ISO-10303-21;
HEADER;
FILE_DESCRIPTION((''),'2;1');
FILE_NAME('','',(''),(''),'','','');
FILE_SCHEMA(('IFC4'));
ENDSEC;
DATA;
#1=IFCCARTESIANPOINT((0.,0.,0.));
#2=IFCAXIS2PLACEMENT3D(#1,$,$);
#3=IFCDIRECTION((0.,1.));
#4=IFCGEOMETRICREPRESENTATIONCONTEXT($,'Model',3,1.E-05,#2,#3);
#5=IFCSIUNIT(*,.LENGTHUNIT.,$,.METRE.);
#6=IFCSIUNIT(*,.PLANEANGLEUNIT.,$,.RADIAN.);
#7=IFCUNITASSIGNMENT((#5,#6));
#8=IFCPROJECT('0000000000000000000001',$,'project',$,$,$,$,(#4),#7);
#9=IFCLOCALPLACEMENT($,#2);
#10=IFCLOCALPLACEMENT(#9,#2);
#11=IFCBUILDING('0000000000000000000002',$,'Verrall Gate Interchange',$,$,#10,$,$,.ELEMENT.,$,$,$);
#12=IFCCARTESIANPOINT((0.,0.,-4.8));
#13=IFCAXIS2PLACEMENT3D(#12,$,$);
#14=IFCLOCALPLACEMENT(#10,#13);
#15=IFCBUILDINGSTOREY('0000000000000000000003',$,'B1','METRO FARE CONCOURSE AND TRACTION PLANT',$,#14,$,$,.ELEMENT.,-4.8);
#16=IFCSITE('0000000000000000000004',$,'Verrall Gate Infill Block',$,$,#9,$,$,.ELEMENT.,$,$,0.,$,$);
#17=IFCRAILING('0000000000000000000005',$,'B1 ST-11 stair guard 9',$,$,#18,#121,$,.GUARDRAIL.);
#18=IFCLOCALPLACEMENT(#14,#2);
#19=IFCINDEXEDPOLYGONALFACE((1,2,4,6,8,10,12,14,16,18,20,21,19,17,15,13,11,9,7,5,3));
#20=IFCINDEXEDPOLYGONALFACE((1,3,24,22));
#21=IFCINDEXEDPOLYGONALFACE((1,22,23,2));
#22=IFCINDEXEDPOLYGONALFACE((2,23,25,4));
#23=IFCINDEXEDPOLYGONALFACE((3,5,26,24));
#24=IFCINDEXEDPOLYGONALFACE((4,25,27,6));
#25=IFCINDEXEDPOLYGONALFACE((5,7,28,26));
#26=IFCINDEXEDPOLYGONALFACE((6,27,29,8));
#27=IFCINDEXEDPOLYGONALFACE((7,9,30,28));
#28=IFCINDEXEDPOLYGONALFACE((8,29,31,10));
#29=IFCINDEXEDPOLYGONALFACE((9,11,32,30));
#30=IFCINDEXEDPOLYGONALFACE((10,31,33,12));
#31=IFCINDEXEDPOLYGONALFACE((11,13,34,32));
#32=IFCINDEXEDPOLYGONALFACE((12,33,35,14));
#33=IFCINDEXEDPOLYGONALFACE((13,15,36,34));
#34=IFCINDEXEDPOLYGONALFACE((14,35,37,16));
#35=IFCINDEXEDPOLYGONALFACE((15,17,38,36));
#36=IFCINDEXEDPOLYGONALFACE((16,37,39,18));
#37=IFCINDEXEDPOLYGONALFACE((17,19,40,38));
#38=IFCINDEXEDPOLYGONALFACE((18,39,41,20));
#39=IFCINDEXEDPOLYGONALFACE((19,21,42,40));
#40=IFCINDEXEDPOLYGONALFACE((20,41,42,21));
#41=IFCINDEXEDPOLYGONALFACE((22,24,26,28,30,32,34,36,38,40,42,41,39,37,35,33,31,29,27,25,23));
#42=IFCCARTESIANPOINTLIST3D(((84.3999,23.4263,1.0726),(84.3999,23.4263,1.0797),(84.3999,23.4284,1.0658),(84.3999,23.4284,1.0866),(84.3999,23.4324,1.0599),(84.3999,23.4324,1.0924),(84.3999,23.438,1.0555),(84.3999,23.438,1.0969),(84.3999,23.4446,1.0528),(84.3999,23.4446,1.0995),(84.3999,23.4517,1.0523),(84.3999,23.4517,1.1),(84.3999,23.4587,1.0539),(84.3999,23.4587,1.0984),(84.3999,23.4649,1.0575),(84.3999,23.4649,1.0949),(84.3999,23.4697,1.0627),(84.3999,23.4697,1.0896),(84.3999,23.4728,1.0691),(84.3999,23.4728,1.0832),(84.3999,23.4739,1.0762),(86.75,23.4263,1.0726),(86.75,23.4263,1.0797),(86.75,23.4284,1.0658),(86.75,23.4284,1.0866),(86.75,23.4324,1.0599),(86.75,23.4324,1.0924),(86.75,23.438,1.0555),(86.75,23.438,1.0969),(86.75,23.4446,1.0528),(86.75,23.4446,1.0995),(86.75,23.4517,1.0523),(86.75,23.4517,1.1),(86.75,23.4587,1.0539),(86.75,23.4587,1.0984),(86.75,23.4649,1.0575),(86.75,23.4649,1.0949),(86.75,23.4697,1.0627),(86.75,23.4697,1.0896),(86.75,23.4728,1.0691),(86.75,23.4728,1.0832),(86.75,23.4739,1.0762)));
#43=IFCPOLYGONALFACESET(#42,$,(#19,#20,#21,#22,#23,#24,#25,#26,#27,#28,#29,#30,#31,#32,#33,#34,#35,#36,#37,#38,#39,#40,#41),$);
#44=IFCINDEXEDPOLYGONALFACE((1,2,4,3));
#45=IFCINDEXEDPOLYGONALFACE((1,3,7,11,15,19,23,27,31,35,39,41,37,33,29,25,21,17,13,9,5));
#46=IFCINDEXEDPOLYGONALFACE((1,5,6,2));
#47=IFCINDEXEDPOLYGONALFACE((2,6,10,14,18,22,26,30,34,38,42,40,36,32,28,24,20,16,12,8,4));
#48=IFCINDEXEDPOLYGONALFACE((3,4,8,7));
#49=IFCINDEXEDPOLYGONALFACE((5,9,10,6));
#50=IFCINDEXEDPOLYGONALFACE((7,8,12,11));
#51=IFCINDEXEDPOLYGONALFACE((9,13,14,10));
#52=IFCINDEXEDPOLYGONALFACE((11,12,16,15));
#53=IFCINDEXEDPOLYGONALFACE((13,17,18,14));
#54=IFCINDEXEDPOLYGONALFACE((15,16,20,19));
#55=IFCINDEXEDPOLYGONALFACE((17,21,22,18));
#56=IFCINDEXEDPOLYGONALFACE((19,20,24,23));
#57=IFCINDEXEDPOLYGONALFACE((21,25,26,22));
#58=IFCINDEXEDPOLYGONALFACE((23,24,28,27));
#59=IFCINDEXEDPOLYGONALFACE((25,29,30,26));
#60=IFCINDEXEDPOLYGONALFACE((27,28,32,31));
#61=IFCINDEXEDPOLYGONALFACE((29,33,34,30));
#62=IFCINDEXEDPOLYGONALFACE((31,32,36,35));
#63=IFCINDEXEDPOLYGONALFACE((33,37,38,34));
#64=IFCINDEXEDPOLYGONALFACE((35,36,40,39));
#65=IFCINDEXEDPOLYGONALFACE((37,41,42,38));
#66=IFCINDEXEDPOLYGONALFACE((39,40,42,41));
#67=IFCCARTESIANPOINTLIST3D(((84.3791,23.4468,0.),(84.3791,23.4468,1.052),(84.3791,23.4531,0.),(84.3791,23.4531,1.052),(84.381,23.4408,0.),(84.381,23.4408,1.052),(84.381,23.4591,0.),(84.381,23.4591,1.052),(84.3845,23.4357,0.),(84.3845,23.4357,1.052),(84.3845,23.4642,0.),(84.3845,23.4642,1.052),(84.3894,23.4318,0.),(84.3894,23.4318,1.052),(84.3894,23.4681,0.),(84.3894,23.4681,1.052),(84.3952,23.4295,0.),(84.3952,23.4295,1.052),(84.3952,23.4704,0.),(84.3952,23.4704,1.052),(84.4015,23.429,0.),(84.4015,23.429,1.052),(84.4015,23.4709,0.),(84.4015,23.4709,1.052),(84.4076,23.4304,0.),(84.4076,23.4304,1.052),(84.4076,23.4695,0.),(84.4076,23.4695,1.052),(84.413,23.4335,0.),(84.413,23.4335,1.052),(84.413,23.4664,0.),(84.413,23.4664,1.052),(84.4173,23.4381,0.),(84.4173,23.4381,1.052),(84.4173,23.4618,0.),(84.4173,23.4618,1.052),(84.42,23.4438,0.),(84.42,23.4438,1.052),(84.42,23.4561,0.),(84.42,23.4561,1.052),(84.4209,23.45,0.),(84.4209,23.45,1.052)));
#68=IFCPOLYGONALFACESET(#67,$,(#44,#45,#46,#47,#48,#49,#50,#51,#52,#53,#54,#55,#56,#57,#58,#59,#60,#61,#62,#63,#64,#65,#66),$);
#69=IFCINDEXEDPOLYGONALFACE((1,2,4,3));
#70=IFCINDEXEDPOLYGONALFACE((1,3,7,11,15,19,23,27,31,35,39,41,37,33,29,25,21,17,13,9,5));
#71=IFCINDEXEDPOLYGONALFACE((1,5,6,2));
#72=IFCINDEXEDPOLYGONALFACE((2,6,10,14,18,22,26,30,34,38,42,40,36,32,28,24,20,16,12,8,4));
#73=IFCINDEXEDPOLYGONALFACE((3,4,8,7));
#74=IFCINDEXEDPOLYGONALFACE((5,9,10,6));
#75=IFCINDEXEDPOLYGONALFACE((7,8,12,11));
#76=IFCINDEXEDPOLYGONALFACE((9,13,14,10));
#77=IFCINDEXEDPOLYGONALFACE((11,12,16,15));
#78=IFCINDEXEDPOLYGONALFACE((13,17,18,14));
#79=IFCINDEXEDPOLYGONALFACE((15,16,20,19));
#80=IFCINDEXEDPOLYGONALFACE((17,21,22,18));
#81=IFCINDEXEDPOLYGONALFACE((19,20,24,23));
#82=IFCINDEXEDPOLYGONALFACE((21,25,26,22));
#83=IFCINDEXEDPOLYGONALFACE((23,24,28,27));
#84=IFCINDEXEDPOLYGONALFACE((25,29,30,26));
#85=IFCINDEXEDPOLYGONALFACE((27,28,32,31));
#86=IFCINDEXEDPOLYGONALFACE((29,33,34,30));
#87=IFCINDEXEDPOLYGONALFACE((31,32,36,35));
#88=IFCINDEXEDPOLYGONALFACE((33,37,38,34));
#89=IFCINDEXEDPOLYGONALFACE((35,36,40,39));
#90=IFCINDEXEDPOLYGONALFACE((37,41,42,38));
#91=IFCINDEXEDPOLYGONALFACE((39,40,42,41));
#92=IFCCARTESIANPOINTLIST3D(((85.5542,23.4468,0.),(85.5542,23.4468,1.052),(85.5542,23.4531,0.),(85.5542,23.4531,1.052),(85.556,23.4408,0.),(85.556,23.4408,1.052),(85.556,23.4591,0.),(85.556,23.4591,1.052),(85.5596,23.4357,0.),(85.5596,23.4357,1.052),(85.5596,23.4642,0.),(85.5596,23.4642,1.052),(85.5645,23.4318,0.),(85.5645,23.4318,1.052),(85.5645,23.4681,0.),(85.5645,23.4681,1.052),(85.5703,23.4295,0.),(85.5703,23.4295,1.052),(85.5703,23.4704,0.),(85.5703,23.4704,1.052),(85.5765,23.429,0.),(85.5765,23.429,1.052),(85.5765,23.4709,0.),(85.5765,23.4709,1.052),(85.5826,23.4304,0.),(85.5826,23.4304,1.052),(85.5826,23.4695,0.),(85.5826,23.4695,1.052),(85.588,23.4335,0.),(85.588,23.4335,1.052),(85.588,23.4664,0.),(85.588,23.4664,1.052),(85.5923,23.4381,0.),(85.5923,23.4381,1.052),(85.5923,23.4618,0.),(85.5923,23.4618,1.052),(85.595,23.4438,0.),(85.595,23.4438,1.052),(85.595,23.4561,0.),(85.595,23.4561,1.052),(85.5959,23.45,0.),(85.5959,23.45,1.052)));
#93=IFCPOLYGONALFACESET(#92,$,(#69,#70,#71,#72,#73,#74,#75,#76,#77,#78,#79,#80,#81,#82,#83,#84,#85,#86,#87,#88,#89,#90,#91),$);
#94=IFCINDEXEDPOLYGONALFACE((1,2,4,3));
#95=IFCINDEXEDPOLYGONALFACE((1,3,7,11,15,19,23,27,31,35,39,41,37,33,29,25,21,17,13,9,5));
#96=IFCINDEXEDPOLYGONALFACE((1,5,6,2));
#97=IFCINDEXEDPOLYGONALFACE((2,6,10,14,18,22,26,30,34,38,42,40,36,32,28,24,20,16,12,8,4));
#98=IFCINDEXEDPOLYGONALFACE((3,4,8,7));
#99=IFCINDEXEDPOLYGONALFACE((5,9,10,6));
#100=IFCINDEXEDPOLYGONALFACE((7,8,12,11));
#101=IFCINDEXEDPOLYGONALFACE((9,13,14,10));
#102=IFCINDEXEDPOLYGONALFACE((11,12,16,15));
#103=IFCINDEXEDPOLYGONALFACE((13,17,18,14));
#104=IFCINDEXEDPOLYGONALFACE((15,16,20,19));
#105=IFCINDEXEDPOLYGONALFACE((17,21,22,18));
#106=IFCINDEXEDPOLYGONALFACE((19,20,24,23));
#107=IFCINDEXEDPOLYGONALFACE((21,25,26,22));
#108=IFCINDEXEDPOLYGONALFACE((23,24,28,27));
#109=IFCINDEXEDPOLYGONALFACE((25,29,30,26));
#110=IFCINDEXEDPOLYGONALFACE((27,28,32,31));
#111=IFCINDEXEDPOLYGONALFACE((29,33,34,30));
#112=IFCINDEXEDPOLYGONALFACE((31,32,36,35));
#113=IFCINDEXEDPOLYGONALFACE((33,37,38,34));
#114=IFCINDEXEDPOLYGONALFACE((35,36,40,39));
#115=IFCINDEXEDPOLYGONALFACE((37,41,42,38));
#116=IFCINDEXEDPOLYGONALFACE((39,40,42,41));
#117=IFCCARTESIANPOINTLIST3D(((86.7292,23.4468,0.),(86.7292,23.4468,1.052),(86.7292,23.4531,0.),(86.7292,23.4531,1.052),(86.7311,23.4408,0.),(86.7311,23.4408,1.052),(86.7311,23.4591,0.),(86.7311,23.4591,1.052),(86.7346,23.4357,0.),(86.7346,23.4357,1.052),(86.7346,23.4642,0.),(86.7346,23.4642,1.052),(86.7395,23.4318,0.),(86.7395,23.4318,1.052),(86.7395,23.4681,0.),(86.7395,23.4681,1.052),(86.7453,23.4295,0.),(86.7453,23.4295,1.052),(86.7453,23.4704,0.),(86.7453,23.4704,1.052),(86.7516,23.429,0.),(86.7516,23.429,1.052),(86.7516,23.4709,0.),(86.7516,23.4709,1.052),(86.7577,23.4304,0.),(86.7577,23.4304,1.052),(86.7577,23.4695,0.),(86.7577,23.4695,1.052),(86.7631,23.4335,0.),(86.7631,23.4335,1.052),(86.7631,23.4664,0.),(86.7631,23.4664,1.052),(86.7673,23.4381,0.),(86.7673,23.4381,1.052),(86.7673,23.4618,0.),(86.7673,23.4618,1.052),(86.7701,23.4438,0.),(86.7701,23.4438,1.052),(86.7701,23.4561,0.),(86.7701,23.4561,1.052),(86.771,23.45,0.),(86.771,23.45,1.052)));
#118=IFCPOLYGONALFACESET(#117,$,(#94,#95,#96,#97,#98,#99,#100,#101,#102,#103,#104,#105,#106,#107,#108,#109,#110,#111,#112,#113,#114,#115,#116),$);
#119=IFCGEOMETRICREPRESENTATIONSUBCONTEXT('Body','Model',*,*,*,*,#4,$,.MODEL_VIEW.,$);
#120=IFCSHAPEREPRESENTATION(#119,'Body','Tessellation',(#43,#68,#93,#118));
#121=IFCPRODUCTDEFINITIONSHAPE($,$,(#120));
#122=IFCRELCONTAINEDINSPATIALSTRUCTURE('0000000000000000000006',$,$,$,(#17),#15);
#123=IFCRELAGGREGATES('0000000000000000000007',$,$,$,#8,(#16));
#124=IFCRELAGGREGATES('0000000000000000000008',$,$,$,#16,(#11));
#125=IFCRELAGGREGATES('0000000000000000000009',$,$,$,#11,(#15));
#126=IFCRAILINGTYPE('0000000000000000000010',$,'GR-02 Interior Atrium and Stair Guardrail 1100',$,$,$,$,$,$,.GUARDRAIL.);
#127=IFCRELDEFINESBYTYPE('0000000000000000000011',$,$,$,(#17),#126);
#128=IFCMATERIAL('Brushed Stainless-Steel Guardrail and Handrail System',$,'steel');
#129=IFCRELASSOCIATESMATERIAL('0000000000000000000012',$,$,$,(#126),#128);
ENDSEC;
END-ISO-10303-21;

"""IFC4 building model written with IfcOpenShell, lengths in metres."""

from ifc_helpers import new_model, si_unit, direction, frame, origin, origin_2d, place, context, subcontext, project, spatial, circle, extrude, material, type_object, element, save


model = new_model("IFC4")

# Units and contexts
model_context = context("Model", 3, precision=1e-05, world=origin(), true_north=direction((0.0, 1.0)))
body_context = subcontext(model_context, "Body", "Model", "MODEL_VIEW")
ifc_project = project(units=[si_unit("LENGTHUNIT", "METRE"), si_unit("PLANEANGLEUNIT", "RADIAN")], contexts=[model_context])

# Site, building, storey
site_placement = place(None, origin())
site = spatial("IfcSite", under=ifc_project, at=site_placement, Name="Verrall Gate Infill Block", CompositionType="ELEMENT", RefElevation=0.0)
building_placement = place(site_placement, origin())
building = spatial("IfcBuilding", under=site, at=building_placement, Name="Verrall Gate Interchange", CompositionType="ELEMENT")
storey_placement = place(building_placement, frame((0.0, 0.0, -4.8)))
storey = spatial("IfcBuildingStorey", under=building, at=storey_placement, Name="B1", Description="METRO FARE CONCOURSE AND TRACTION PLANT", CompositionType="ELEMENT", Elevation=-4.8)

# Railing
ifc_material_1 = material(Name="Brushed Stainless-Steel Guardrail and Handrail System", Category="steel")
railing_type_1 = type_object("IfcRailingType", Name="GR-02 Interior Atrium and Stair Guardrail 1100", PredefinedType="GUARDRAIL", material=ifc_material_1)
for number, where, name in (
    (1, (84.3999, 23.45, 0.0), "B1 ST-11 stair guard 9"),
):
    element("IfcRailing", number, at=place(storey_placement, frame(where)), inside=storey, type_object=railing_type_1, Name=name, PredefinedType="GUARDRAIL", context=body_context, shape_type="SweptSolid", body=[
        extrude(circle(Radius=0.0239, at=origin_2d()), frame((0.0, 0.0, 1.0762), z_axis=(1.0, 0.0, 0.0), x_axis=(0.0, 1.0, 0.0)), (0.0, 0.0, 1.0), 2.3501),
        extrude(circle(Radius=0.021, at=origin_2d()), origin(), (0.0, 0.0, 1.0), 1.052),
        extrude(circle(Radius=0.021, at=origin_2d()), frame((1.175, 0.0, 0.0)), (0.0, 0.0, 1.0), 1.052),
        extrude(circle(Radius=0.021, at=origin_2d()), frame((2.3501, 0.0, 0.0)), (0.0, 0.0, 1.0), 1.052),
    ])

save(model, "model.ifc")
